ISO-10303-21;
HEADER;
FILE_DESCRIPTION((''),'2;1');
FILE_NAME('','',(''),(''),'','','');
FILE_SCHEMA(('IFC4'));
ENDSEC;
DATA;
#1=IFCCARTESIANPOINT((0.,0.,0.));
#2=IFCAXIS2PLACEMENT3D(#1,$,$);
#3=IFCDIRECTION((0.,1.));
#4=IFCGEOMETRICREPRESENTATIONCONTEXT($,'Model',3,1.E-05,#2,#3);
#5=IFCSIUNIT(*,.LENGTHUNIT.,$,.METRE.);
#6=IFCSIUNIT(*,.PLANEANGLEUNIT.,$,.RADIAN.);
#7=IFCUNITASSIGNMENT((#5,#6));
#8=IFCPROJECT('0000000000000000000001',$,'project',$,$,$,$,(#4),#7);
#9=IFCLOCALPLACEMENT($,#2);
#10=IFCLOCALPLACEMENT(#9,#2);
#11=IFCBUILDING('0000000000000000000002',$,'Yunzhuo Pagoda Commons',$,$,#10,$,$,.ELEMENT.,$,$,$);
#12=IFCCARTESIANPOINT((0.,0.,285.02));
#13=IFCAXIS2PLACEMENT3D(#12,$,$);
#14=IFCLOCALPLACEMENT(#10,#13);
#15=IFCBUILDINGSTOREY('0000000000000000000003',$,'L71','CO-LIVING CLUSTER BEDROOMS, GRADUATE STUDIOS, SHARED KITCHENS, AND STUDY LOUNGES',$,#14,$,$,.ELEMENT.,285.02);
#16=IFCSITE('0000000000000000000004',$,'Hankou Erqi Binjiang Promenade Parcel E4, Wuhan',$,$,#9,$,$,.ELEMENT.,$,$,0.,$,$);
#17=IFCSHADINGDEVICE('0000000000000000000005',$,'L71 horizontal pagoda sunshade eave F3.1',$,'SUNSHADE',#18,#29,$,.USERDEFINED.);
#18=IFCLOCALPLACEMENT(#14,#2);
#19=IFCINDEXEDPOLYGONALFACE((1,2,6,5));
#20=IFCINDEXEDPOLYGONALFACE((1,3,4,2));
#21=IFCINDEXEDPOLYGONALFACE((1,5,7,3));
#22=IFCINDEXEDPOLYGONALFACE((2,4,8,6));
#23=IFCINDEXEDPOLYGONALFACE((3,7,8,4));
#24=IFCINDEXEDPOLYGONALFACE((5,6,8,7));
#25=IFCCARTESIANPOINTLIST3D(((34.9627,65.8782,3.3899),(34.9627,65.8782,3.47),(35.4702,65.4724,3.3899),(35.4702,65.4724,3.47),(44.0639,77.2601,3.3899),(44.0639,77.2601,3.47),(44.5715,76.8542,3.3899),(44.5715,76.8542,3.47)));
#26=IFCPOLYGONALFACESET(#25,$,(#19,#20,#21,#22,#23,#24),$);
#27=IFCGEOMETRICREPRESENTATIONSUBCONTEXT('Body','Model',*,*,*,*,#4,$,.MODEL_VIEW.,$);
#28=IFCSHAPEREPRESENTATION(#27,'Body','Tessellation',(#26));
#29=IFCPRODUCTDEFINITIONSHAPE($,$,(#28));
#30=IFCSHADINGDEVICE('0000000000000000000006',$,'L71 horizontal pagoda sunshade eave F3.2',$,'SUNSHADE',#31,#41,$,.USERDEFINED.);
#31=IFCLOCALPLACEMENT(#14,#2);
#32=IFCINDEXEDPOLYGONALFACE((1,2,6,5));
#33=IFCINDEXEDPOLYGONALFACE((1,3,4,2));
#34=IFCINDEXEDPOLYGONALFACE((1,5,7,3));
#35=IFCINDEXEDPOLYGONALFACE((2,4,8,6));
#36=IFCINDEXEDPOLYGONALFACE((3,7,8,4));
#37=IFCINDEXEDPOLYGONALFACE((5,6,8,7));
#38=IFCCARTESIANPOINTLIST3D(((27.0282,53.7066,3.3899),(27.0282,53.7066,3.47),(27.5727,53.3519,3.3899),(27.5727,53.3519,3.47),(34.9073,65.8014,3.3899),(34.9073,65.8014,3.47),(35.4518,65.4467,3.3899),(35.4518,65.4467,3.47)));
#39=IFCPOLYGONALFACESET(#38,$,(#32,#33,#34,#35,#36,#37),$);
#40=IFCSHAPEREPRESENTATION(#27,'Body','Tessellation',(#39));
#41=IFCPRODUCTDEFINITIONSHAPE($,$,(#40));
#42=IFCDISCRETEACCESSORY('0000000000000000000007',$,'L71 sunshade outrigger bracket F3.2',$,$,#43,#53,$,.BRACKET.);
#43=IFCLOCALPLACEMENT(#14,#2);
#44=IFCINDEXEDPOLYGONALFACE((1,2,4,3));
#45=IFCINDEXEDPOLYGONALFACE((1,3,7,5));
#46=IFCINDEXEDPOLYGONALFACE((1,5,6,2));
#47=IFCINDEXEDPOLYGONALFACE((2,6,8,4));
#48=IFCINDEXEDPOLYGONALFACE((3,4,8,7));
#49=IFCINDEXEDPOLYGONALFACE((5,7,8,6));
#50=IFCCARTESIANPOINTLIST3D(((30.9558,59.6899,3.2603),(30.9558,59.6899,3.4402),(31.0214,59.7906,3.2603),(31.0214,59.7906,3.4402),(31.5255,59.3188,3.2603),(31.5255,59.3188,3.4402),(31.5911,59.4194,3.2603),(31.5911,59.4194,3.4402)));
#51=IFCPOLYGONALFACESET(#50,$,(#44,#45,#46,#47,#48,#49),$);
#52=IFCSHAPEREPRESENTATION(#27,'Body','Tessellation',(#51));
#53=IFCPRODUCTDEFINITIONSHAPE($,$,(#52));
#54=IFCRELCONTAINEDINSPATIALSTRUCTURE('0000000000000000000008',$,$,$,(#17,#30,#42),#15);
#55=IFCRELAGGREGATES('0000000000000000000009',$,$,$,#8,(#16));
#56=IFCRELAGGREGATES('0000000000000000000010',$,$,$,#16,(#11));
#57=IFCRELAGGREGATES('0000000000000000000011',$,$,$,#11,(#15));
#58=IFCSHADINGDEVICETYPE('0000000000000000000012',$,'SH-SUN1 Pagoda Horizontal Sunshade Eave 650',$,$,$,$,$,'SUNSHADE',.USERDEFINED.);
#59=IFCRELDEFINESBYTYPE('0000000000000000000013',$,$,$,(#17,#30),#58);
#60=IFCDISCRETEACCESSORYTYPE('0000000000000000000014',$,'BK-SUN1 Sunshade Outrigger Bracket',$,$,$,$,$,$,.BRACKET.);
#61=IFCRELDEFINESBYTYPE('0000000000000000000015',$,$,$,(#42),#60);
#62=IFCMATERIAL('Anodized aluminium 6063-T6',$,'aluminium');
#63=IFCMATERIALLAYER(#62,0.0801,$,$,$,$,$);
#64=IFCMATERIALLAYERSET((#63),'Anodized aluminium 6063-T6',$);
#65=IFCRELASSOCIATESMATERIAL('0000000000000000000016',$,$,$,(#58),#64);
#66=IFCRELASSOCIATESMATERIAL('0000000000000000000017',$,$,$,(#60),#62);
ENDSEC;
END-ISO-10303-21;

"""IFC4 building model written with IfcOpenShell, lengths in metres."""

from ifc_helpers import new_model, si_unit, direction, frame, origin, origin_2d, place, context, subcontext, project, spatial, rectangle, extrude, source, transform, mapped, material, layer, layer_set, type_object, element, save


model = new_model("IFC4")

# Units and contexts
model_context = context("Model", 3, precision=1e-05, world=origin(), true_north=direction((0.0, 1.0)))
body_context = subcontext(model_context, "Body", "Model", "MODEL_VIEW")
ifc_project = project(units=[si_unit("LENGTHUNIT", "METRE"), si_unit("PLANEANGLEUNIT", "RADIAN")], contexts=[model_context])

# Site, building, storey
site_placement = place(None, origin())
site = spatial("IfcSite", under=ifc_project, at=site_placement, Name="Hankou Erqi Binjiang Promenade Parcel E4, Wuhan", CompositionType="ELEMENT", RefElevation=0.0)
building_placement = place(site_placement, origin())
building = spatial("IfcBuilding", under=site, at=building_placement, Name="Yunzhuo Pagoda Commons", CompositionType="ELEMENT")
storey_placement = place(building_placement, frame((0.0, 0.0, 285.02)))
storey = spatial("IfcBuildingStorey", under=building, at=storey_placement, Name="L71", Description="CO-LIVING CLUSTER BEDROOMS, GRADUATE STUDIOS, SHARED KITCHENS, AND STUDY LOUNGES", CompositionType="ELEMENT", Elevation=285.02)

# Shared definitions
ifc_material_1 = material(Name="Anodized aluminium 6063-T6", Category="aluminium")

# Shading devices
ifc_layer_1 = layer(ifc_material_1, 0.0801)
ifc_layer_set_1 = layer_set([ifc_layer_1], Name="Anodized aluminium 6063-T6")
shading_device_type = type_object("IfcShadingDeviceType", Name="SH-SUN1 Pagoda Horizontal Sunshade Eave 650", ElementType="SUNSHADE", PredefinedType="USERDEFINED", material=ifc_layer_set_1)
shared_shape_1 = source(origin(), body_context, "Body", "SweptSolid", [
    extrude(rectangle(XDim=14.5732, YDim=0.6499, at=origin_2d()), origin(), (0.0, 0.0, 1.0), 0.0801),
])
shading_device_1_placement = place(storey_placement, frame((39.7671, 71.3662, 3.3899), z_axis=(0.0, 0.0, 1.0), x_axis=(-0.62452, -0.781008, 0.0)))
element("IfcShadingDevice", 1, at=shading_device_1_placement, inside=storey, type_object=shading_device_type, Name="L71 horizontal pagoda sunshade eave F3.1", ObjectType="SUNSHADE", PredefinedType="USERDEFINED", context=body_context, shape_type="MappedRepresentation", body=[
    mapped(shared_shape_1, transform((0.0, 0.0, 0.0), scale=1.0)),
])
shared_shape_2 = source(origin(), body_context, "Body", "SweptSolid", [
    extrude(rectangle(XDim=14.4348, YDim=0.6499, at=origin_2d()), origin(), (0.0, 0.0, 1.0), 0.0801),
])
shading_device_2_placement = place(storey_placement, frame((31.24, 59.5767, 3.3899), z_axis=(0.0, 0.0, 1.0), x_axis=(-0.545839, -0.83789, 0.0)))
element("IfcShadingDevice", 2, at=shading_device_2_placement, inside=storey, type_object=shading_device_type, Name="L71 horizontal pagoda sunshade eave F3.2", ObjectType="SUNSHADE", PredefinedType="USERDEFINED", context=body_context, shape_type="MappedRepresentation", body=[
    mapped(shared_shape_2, transform((0.0, 0.0, 0.0), scale=1.0)),
])

# Discrete accessory
discrete_accessory_type = type_object("IfcDiscreteAccessoryType", Name="BK-SUN1 Sunshade Outrigger Bracket", PredefinedType="BRACKET", material=ifc_material_1)
shared_shape_3 = source(origin(), body_context, "Body", "SweptSolid", [
    extrude(rectangle(XDim=0.1201, YDim=0.6799, at=origin_2d()), origin(), (0.0, 0.0, 1.0), 0.1799),
])
discrete_accessory_placement = place(storey_placement, frame((31.2734, 59.5547, 3.2603), z_axis=(0.0, 0.0, 1.0), x_axis=(-0.545839, -0.83789, 0.0)))
element("IfcDiscreteAccessory", 3, at=discrete_accessory_placement, inside=storey, type_object=discrete_accessory_type, Name="L71 sunshade outrigger bracket F3.2", PredefinedType="BRACKET", context=body_context, shape_type="MappedRepresentation", body=[
    mapped(shared_shape_3, transform((0.0, 0.0, 0.0), scale=1.0)),
])

save(model, "model.ifc")
